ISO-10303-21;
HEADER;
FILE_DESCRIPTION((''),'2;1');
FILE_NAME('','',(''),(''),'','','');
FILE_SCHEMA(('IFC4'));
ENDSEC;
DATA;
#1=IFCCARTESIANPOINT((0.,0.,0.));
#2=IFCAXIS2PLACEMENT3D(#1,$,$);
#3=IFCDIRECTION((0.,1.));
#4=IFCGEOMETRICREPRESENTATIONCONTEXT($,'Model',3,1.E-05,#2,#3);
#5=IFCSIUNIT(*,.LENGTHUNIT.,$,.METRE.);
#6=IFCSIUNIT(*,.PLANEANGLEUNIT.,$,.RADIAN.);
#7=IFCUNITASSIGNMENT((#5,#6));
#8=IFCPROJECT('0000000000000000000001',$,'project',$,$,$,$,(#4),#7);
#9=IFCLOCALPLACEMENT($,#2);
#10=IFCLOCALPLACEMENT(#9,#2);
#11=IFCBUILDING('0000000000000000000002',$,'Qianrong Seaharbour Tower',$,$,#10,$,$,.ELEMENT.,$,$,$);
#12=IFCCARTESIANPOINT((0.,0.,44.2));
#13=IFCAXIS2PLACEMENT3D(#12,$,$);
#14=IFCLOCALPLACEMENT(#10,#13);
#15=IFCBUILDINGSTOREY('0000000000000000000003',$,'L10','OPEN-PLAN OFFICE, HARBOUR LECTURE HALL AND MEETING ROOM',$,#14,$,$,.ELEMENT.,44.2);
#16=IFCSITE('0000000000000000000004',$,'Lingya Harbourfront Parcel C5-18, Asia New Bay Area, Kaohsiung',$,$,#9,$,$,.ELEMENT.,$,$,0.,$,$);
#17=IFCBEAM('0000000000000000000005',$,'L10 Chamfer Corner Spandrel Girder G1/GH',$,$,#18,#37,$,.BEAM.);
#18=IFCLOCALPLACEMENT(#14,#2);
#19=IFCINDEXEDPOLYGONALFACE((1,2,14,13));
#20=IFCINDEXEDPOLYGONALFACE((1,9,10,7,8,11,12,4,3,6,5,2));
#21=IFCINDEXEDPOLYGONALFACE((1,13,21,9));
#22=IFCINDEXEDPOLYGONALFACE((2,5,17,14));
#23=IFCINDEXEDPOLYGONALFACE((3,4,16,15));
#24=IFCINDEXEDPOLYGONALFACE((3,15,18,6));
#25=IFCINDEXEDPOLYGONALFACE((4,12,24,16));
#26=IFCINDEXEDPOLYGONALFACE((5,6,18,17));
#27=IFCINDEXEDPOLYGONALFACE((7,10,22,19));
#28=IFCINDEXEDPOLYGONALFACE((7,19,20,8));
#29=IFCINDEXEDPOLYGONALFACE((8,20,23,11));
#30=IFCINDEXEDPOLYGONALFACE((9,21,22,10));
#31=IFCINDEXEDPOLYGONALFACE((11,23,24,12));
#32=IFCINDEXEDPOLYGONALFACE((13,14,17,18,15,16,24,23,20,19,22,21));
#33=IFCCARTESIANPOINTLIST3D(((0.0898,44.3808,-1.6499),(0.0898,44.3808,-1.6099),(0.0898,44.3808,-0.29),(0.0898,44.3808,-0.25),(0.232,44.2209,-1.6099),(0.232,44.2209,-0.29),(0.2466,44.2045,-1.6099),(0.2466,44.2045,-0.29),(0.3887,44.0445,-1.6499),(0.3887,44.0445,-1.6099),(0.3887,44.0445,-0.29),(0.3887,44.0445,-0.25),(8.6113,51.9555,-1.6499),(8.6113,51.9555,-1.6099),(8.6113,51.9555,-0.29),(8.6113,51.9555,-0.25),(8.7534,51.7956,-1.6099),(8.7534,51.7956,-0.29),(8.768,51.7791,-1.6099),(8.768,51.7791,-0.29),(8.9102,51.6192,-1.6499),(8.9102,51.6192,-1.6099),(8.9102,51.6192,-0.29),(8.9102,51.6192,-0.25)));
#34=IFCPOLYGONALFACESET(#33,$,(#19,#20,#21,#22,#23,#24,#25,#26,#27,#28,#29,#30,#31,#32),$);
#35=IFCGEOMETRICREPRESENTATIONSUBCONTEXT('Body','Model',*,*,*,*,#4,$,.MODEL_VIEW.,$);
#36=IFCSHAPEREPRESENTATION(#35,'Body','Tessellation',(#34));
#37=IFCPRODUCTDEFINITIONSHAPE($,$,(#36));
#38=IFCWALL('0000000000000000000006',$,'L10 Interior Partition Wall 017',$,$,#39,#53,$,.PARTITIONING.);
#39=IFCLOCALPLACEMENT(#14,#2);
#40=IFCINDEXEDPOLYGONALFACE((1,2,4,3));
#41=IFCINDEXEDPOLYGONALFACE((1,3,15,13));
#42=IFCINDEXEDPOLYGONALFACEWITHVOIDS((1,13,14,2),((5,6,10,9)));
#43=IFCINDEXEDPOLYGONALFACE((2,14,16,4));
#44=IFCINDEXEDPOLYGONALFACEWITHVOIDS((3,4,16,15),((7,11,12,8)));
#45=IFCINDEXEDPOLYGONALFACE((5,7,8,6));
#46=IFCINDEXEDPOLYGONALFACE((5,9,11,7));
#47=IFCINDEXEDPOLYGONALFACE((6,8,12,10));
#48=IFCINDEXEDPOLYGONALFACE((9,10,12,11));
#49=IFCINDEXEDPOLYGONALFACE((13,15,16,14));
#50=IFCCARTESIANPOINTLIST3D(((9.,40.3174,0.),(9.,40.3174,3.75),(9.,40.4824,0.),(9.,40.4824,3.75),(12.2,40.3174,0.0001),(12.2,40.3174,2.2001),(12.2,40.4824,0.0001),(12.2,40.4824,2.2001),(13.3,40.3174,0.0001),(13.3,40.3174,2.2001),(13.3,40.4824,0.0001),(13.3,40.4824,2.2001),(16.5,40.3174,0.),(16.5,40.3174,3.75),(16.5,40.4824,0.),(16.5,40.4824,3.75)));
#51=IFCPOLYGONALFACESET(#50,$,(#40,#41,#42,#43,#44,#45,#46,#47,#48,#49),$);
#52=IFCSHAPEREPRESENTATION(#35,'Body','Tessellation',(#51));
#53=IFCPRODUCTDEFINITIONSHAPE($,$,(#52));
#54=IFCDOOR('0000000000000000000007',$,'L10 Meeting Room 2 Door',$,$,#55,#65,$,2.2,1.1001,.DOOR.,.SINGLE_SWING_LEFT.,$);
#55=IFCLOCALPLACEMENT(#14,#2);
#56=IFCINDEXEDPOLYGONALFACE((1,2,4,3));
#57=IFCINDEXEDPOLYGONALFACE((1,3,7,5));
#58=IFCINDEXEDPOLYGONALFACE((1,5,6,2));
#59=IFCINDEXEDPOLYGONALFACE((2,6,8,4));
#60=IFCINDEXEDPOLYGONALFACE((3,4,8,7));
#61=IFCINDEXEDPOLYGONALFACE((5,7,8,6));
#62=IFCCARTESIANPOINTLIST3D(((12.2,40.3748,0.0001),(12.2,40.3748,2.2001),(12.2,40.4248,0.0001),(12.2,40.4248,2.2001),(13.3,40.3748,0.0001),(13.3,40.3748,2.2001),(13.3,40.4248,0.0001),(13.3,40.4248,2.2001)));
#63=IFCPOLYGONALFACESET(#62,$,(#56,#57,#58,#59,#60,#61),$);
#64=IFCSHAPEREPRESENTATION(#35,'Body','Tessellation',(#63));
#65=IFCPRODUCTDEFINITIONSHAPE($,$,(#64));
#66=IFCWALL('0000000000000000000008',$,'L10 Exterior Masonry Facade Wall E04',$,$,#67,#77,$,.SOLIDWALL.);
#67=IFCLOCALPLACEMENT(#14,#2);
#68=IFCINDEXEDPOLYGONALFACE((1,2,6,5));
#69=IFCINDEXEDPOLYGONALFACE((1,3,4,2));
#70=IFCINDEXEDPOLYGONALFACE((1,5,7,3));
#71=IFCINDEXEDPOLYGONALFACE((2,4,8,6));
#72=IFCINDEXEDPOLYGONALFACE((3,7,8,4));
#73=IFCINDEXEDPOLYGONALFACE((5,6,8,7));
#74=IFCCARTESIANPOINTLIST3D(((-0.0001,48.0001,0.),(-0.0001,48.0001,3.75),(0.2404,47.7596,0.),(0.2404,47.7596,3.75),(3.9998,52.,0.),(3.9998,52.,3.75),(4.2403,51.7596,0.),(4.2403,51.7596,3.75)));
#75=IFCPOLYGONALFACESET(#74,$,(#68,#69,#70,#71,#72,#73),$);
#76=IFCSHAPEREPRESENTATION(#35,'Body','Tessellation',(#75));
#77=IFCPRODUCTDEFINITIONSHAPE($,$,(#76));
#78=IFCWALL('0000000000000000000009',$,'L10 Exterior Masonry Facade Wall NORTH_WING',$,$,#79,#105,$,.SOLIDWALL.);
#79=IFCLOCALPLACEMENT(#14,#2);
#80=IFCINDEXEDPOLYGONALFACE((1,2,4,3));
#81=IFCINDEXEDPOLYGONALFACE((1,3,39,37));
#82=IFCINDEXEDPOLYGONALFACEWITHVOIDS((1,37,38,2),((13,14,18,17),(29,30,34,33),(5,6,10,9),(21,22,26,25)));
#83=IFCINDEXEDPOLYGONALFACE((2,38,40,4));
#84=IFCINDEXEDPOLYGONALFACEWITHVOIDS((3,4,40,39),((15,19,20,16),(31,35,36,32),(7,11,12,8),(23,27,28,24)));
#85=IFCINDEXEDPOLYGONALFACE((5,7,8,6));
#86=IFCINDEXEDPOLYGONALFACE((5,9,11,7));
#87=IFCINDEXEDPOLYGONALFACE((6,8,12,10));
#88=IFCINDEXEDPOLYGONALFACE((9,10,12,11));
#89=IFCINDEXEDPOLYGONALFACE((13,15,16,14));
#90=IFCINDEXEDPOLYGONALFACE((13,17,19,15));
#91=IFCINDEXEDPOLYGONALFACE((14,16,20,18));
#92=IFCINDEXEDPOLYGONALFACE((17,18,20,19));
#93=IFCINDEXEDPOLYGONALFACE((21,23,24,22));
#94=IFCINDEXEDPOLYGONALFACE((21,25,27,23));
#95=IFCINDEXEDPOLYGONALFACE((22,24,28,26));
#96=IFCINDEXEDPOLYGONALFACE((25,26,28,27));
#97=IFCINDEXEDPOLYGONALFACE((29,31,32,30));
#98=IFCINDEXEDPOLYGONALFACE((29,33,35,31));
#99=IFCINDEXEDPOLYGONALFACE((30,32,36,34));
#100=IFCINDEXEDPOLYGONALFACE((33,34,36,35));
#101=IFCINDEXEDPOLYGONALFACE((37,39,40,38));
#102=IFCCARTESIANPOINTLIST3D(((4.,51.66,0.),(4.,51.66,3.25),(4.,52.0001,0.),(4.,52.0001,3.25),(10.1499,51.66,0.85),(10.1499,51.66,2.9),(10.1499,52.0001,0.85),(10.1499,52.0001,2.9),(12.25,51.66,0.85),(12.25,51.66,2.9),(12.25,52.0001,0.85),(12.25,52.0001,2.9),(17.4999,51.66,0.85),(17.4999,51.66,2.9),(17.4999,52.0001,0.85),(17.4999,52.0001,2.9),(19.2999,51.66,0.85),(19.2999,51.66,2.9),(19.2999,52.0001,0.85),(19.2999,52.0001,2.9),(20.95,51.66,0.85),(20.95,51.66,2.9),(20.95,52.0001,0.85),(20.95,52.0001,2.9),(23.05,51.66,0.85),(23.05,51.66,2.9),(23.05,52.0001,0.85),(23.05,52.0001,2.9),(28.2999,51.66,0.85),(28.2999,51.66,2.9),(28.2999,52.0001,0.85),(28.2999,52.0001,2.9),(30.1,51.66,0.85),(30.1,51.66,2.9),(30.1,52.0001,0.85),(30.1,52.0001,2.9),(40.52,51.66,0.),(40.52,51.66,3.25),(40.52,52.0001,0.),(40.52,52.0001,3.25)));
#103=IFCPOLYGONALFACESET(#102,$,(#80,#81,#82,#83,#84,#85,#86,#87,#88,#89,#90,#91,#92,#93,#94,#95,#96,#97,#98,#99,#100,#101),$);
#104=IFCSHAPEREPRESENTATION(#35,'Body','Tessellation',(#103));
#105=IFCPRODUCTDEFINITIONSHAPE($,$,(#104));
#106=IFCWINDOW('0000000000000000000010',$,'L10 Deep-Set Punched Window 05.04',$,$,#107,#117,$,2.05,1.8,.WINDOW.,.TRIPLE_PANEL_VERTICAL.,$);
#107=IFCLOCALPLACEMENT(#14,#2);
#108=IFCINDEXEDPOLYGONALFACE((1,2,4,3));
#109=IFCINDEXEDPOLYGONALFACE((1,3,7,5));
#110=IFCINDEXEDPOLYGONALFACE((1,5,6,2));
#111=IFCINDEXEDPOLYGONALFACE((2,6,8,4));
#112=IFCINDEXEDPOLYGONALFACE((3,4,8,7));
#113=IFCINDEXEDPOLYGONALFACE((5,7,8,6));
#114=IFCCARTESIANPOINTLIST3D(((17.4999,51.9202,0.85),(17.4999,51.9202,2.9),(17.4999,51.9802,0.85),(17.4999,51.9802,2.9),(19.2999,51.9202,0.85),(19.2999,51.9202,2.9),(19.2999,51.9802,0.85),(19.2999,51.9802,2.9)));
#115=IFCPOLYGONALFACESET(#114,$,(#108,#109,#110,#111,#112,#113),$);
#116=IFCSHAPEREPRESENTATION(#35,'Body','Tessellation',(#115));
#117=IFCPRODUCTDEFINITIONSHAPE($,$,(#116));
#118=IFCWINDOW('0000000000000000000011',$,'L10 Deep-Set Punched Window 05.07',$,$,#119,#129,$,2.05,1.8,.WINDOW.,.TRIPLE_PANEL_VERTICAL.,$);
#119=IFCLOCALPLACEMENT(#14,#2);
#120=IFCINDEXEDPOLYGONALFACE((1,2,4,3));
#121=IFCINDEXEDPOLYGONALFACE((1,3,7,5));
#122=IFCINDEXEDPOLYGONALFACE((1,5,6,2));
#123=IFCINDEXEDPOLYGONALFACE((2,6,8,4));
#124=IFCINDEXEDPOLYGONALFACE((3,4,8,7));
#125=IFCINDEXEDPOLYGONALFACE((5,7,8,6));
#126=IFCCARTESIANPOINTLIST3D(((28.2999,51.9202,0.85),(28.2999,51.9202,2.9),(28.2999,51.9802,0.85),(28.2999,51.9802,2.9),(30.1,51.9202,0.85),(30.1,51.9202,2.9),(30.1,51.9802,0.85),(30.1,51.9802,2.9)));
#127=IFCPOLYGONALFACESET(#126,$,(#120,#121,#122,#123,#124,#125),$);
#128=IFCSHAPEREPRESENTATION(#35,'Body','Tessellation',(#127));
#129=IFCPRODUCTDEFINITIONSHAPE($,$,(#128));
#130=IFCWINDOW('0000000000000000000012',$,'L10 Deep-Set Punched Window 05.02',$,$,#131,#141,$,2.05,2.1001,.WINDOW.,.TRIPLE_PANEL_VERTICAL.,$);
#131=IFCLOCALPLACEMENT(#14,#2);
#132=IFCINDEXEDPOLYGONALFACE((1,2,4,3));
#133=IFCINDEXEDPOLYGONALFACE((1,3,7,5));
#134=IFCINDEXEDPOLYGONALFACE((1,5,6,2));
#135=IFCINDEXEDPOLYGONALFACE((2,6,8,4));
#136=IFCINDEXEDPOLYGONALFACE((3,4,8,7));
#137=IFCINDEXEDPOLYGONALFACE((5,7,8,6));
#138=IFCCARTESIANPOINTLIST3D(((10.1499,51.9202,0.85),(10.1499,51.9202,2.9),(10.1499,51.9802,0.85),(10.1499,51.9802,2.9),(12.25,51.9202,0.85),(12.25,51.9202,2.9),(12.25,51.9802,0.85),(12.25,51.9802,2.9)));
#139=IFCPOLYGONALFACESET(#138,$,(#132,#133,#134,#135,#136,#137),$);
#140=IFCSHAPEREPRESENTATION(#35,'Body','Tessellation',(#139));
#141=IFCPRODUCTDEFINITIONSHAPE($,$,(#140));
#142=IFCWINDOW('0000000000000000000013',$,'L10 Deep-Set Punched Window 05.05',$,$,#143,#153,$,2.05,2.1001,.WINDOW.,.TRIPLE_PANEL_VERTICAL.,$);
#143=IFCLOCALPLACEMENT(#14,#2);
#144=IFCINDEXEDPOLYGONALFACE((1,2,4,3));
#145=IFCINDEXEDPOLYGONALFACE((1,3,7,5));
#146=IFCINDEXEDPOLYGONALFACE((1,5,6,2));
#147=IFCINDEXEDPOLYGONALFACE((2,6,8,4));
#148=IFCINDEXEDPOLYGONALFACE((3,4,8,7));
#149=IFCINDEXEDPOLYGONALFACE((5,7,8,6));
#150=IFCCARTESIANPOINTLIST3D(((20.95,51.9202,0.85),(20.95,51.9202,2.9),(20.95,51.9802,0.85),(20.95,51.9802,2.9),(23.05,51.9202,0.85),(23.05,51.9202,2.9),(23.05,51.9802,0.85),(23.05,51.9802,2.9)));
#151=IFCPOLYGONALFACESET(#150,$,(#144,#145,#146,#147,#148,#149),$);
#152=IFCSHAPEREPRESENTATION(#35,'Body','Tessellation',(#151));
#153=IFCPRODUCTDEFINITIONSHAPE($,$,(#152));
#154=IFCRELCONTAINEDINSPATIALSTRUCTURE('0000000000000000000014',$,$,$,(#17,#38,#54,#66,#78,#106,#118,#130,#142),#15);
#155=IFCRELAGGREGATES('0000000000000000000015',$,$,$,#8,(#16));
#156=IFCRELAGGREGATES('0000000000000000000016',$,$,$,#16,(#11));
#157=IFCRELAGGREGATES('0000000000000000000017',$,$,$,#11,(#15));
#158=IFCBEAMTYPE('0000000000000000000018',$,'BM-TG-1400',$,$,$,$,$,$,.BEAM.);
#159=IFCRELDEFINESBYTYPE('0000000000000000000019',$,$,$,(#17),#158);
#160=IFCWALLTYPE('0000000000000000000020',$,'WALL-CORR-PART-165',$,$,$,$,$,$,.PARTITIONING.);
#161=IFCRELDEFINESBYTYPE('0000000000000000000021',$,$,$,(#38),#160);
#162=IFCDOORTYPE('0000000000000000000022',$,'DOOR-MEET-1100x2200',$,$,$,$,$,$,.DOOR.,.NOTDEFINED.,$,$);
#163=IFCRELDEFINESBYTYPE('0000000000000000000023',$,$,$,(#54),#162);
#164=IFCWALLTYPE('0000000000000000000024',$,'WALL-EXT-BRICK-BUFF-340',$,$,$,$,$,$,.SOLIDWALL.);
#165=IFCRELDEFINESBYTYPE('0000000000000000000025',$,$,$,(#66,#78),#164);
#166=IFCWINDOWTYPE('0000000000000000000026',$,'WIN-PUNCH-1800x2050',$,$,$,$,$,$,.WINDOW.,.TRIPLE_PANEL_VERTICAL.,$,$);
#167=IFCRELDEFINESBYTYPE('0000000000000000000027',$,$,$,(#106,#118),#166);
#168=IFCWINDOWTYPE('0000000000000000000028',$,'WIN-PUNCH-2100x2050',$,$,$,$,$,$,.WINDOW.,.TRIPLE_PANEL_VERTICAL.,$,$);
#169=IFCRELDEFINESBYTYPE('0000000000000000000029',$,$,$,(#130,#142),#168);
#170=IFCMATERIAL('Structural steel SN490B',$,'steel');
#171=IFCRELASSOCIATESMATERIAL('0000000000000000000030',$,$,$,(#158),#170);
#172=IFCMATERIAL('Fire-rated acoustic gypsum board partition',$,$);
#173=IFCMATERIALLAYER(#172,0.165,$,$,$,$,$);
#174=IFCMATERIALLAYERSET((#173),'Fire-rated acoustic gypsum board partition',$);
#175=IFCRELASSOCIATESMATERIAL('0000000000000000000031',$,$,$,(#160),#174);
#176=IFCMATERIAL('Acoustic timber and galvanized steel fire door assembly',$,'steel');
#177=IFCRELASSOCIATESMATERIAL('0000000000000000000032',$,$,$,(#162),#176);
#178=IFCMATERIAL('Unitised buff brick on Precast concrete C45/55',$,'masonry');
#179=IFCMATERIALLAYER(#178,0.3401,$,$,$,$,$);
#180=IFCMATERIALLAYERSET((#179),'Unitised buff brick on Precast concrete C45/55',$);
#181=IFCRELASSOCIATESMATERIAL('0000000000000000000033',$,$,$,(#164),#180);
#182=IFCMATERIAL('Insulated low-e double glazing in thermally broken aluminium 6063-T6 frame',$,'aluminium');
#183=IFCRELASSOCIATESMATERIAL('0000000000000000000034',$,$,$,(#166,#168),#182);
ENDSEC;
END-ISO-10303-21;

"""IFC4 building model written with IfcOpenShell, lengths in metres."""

from ifc_helpers import new_model, si_unit, direction, frame, frame_2d, origin, origin_2d, place, context, subcontext, project, spatial, rectangle, i_section, extrude, material, layer, layer_set, material_profile, profile_set, type_object, element, fill, save


model = new_model("IFC4")

# Units and contexts
model_context = context("Model", 3, precision=1e-05, world=origin(), true_north=direction((0.0, 1.0)))
body_context = subcontext(model_context, "Body", "Model", "MODEL_VIEW")
ifc_project = project(units=[si_unit("LENGTHUNIT", "METRE"), si_unit("PLANEANGLEUNIT", "RADIAN")], contexts=[model_context])

# Site, building, storey
site_placement = place(None, origin())
site = spatial("IfcSite", under=ifc_project, at=site_placement, Name="Lingya Harbourfront Parcel C5-18, Asia New Bay Area, Kaohsiung", CompositionType="ELEMENT", RefElevation=0.0)
building_placement = place(site_placement, origin())
building = spatial("IfcBuilding", under=site, at=building_placement, Name="Qianrong Seaharbour Tower", CompositionType="ELEMENT")
storey_placement = place(building_placement, frame((0.0, 0.0, 44.2)))
storey = spatial("IfcBuildingStorey", under=building, at=storey_placement, Name="L10", Description="OPEN-PLAN OFFICE, HARBOUR LECTURE HALL AND MEETING ROOM", CompositionType="ELEMENT", Elevation=44.2)

# Shared definitions
ifc_material_1 = material(Name="Structural steel SN490B", Category="steel")

# Beam
ifc_material_profile_1 = material_profile(ifc_material_1, i_section(OverallWidth=0.45, OverallDepth=1.3999, WebThickness=0.022, FlangeThickness=0.04, at=origin_2d()), Name="BH1400x450x22x40")
ifc_profile_set_1 = profile_set([ifc_material_profile_1], Name="Structural steel SN490B")
beam_type_1 = type_object("IfcBeamType", Name="BM-TG-1400", PredefinedType="BEAM", material=ifc_profile_set_1)
beam_1_placement = place(storey_placement, frame((8.7607, 51.7874, -0.95), z_axis=(-0.747407, -0.664366, 0.0), x_axis=(0.664366, -0.747407, 0.0)))
element("IfcBeam", 1, at=beam_1_placement, inside=storey, type_object=beam_type_1, Name="L10 Chamfer Corner Spandrel Girder G1/GH", PredefinedType="BEAM", context=body_context, shape_type="SweptSolid", body=[
    extrude(i_section(OverallWidth=0.45, OverallDepth=1.3999, WebThickness=0.022, FlangeThickness=0.04, at=origin_2d()), origin(), (0.0, 0.0, 1.0), 11.4014),
])

# Wall, opening, door
ifc_material_2 = material(Name="Fire-rated acoustic gypsum board partition")
ifc_layer_1 = layer(ifc_material_2, 0.165)
ifc_layer_set_1 = layer_set([ifc_layer_1], Name="Fire-rated acoustic gypsum board partition")
wall_type_1 = type_object("IfcWallType", Name="WALL-CORR-PART-165", PredefinedType="PARTITIONING", material=ifc_layer_set_1)
wall_1_placement = place(storey_placement, frame((9.0, 40.3999, 0.0), z_axis=(0.0, 0.0, 1.0), x_axis=(1.0, 0.0, 0.0)))
wall_1 = element("IfcWall", 2, at=wall_1_placement, inside=storey, type_object=wall_type_1, Name="L10 Interior Partition Wall 017", PredefinedType="PARTITIONING", context=body_context, shape_type="SweptSolid", body=[
    extrude(rectangle(XDim=7.5, YDim=0.165, at=frame_2d((3.75, 0.0))), origin(), (0.0, 0.0, 1.0), 3.75),
])
opening_1_placement = place(wall_1_placement, frame((3.2, 0.0, 0.0)))
opening_1 = element("IfcOpeningElement", 3, at=opening_1_placement, cuts=wall_1, PredefinedType="OPENING", context=body_context, shape_type="SweptSolid", body=[
    extrude(rectangle(XDim=1.1001, YDim=2.2, at=frame_2d((0.55, 1.1001))), frame((0.0, 0.0925, 0.0), z_axis=(0.0, -1.0, 0.0), x_axis=(1.0, 0.0, 0.0)), (0.0, 0.0, 1.0), 0.1851),
])
ifc_material_3 = material(Name="Acoustic timber and galvanized steel fire door assembly", Category="steel")
door_type = type_object("IfcDoorType", Name="DOOR-MEET-1100x2200", OperationType="NOTDEFINED", PredefinedType="DOOR", material=ifc_material_3)
door_1_placement = place(opening_1_placement, origin())
door_1 = element("IfcDoor", 4, at=door_1_placement, inside=storey, type_object=door_type, Name="L10 Meeting Room 2 Door", OperationType="SINGLE_SWING_LEFT", OverallHeight=2.2, OverallWidth=1.1001, PredefinedType="DOOR", context=body_context, shape_type="SweptSolid", body=[
    extrude(rectangle(XDim=1.1001, YDim=2.2, at=frame_2d((0.55, 1.1001))), frame((0.0, 0.0249, 0.0), z_axis=(0.0, -1.0, 0.0), x_axis=(1.0, 0.0, 0.0)), (0.0, 0.0, 1.0), 0.05),
])
fill(opening_1, door_1)

# Wall
ifc_material_4 = material(Name="Unitised buff brick on Precast concrete C45/55", Category="masonry")
ifc_layer_2 = layer(ifc_material_4, 0.3401)
ifc_layer_set_2 = layer_set([ifc_layer_2], Name="Unitised buff brick on Precast concrete C45/55")
wall_type_2 = type_object("IfcWallType", Name="WALL-EXT-BRICK-BUFF-340", PredefinedType="SOLIDWALL", material=ifc_layer_set_2)
wall_2_placement = place(storey_placement, frame((0.1201, 47.8799, 0.0), z_axis=(0.0, 0.0, 1.0), x_axis=(0.707107, 0.707107, 0.0)))
element("IfcWall", 5, at=wall_2_placement, inside=storey, type_object=wall_type_2, Name="L10 Exterior Masonry Facade Wall E04", PredefinedType="SOLIDWALL", context=body_context, shape_type="SweptSolid", body=[
    extrude(rectangle(XDim=5.6567, YDim=0.3401, at=frame_2d((2.8284, 0.0))), origin(), (0.0, 0.0, 1.0), 3.75),
])

# Wall, openings, windows
wall_3_placement = place(storey_placement, frame((4.0, 51.8301, 0.0), z_axis=(0.0, 0.0, 1.0), x_axis=(1.0, 0.0, 0.0)))
wall_3 = element("IfcWall", 6, at=wall_3_placement, inside=storey, type_object=wall_type_2, Name="L10 Exterior Masonry Facade Wall NORTH_WING", PredefinedType="SOLIDWALL", context=body_context, shape_type="SweptSolid", body=[
    extrude(rectangle(XDim=36.52, YDim=0.3401, at=frame_2d((18.26, 0.0))), origin(), (0.0, 0.0, 1.0), 3.25),
])
opening_2_placement = place(wall_3_placement, frame((6.1499, 0.0, 0.8501)))
opening_2 = element("IfcOpeningElement", 7, at=opening_2_placement, cuts=wall_3, PredefinedType="OPENING", context=body_context, shape_type="SweptSolid", body=[
    extrude(rectangle(XDim=2.1001, YDim=2.05, at=frame_2d((1.05, 1.0249))), frame((0.0, 0.1802, 0.0), z_axis=(0.0, -1.0, 0.0), x_axis=(1.0, 0.0, 0.0)), (0.0, 0.0, 1.0), 0.3601),
])
opening_3_placement = place(wall_3_placement, frame((13.5, 0.0, 0.8501)))
opening_3 = element("IfcOpeningElement", 8, at=opening_3_placement, cuts=wall_3, PredefinedType="OPENING", context=body_context, shape_type="SweptSolid", body=[
    extrude(rectangle(XDim=1.8, YDim=2.05, at=frame_2d((0.8999, 1.0249))), frame((0.0, 0.1802, 0.0), z_axis=(0.0, -1.0, 0.0), x_axis=(1.0, 0.0, 0.0)), (0.0, 0.0, 1.0), 0.3601),
])
opening_4_placement = place(wall_3_placement, frame((16.95, 0.0, 0.8501)))
opening_4 = element("IfcOpeningElement", 9, at=opening_4_placement, cuts=wall_3, PredefinedType="OPENING", context=body_context, shape_type="SweptSolid", body=[
    extrude(rectangle(XDim=2.1001, YDim=2.05, at=frame_2d((1.05, 1.0249))), frame((0.0, 0.1802, 0.0), z_axis=(0.0, -1.0, 0.0), x_axis=(1.0, 0.0, 0.0)), (0.0, 0.0, 1.0), 0.3601),
])
opening_5_placement = place(wall_3_placement, frame((24.3, 0.0, 0.8501)))
opening_5 = element("IfcOpeningElement", 10, at=opening_5_placement, cuts=wall_3, PredefinedType="OPENING", context=body_context, shape_type="SweptSolid", body=[
    extrude(rectangle(XDim=1.8, YDim=2.05, at=frame_2d((0.8999, 1.0249))), frame((0.0, 0.1802, 0.0), z_axis=(0.0, -1.0, 0.0), x_axis=(1.0, 0.0, 0.0)), (0.0, 0.0, 1.0), 0.3601),
])
ifc_material_5 = material(Name="Insulated low-e double glazing in thermally broken aluminium 6063-T6 frame", Category="aluminium")
window_type_1 = type_object("IfcWindowType", Name="WIN-PUNCH-1800x2050", PartitioningType="TRIPLE_PANEL_VERTICAL", PredefinedType="WINDOW", material=ifc_material_5)
window_1_placement = place(opening_3_placement, origin())
window_1 = element("IfcWindow", 11, at=window_1_placement, inside=storey, type_object=window_type_1, Name="L10 Deep-Set Punched Window 05.04", OverallHeight=2.05, OverallWidth=1.8, PartitioningType="TRIPLE_PANEL_VERTICAL", PredefinedType="WINDOW", context=body_context, shape_type="SweptSolid", body=[
    extrude(rectangle(XDim=1.8, YDim=2.05, at=frame_2d((0.8999, 1.0249))), frame((0.0, 0.1501, 0.0), z_axis=(0.0, -1.0, 0.0), x_axis=(1.0, 0.0, 0.0)), (0.0, 0.0, 1.0), 0.0601),
])
fill(opening_3, window_1)
window_2_placement = place(opening_5_placement, origin())
window_2 = element("IfcWindow", 12, at=window_2_placement, inside=storey, type_object=window_type_1, Name="L10 Deep-Set Punched Window 05.07", OverallHeight=2.05, OverallWidth=1.8, PartitioningType="TRIPLE_PANEL_VERTICAL", PredefinedType="WINDOW", context=body_context, shape_type="SweptSolid", body=[
    extrude(rectangle(XDim=1.8, YDim=2.05, at=frame_2d((0.8999, 1.0249))), frame((0.0, 0.1501, 0.0), z_axis=(0.0, -1.0, 0.0), x_axis=(1.0, 0.0, 0.0)), (0.0, 0.0, 1.0), 0.0601),
])
fill(opening_5, window_2)
window_type_2 = type_object("IfcWindowType", Name="WIN-PUNCH-2100x2050", PartitioningType="TRIPLE_PANEL_VERTICAL", PredefinedType="WINDOW", material=ifc_material_5)
window_3_placement = place(opening_2_placement, origin())
window_3 = element("IfcWindow", 13, at=window_3_placement, inside=storey, type_object=window_type_2, Name="L10 Deep-Set Punched Window 05.02", OverallHeight=2.05, OverallWidth=2.1001, PartitioningType="TRIPLE_PANEL_VERTICAL", PredefinedType="WINDOW", context=body_context, shape_type="SweptSolid", body=[
    extrude(rectangle(XDim=2.1001, YDim=2.05, at=frame_2d((1.05, 1.0249))), frame((0.0, 0.1501, 0.0), z_axis=(0.0, -1.0, 0.0), x_axis=(1.0, 0.0, 0.0)), (0.0, 0.0, 1.0), 0.0601),
])
fill(opening_2, window_3)
window_4_placement = place(opening_4_placement, origin())
window_4 = element("IfcWindow", 14, at=window_4_placement, inside=storey, type_object=window_type_2, Name="L10 Deep-Set Punched Window 05.05", OverallHeight=2.05, OverallWidth=2.1001, PartitioningType="TRIPLE_PANEL_VERTICAL", PredefinedType="WINDOW", context=body_context, shape_type="SweptSolid", body=[
    extrude(rectangle(XDim=2.1001, YDim=2.05, at=frame_2d((1.05, 1.0249))), frame((0.0, 0.1501, 0.0), z_axis=(0.0, -1.0, 0.0), x_axis=(1.0, 0.0, 0.0)), (0.0, 0.0, 1.0), 0.0601),
])
fill(opening_4, window_4)

save(model, "model.ifc")
